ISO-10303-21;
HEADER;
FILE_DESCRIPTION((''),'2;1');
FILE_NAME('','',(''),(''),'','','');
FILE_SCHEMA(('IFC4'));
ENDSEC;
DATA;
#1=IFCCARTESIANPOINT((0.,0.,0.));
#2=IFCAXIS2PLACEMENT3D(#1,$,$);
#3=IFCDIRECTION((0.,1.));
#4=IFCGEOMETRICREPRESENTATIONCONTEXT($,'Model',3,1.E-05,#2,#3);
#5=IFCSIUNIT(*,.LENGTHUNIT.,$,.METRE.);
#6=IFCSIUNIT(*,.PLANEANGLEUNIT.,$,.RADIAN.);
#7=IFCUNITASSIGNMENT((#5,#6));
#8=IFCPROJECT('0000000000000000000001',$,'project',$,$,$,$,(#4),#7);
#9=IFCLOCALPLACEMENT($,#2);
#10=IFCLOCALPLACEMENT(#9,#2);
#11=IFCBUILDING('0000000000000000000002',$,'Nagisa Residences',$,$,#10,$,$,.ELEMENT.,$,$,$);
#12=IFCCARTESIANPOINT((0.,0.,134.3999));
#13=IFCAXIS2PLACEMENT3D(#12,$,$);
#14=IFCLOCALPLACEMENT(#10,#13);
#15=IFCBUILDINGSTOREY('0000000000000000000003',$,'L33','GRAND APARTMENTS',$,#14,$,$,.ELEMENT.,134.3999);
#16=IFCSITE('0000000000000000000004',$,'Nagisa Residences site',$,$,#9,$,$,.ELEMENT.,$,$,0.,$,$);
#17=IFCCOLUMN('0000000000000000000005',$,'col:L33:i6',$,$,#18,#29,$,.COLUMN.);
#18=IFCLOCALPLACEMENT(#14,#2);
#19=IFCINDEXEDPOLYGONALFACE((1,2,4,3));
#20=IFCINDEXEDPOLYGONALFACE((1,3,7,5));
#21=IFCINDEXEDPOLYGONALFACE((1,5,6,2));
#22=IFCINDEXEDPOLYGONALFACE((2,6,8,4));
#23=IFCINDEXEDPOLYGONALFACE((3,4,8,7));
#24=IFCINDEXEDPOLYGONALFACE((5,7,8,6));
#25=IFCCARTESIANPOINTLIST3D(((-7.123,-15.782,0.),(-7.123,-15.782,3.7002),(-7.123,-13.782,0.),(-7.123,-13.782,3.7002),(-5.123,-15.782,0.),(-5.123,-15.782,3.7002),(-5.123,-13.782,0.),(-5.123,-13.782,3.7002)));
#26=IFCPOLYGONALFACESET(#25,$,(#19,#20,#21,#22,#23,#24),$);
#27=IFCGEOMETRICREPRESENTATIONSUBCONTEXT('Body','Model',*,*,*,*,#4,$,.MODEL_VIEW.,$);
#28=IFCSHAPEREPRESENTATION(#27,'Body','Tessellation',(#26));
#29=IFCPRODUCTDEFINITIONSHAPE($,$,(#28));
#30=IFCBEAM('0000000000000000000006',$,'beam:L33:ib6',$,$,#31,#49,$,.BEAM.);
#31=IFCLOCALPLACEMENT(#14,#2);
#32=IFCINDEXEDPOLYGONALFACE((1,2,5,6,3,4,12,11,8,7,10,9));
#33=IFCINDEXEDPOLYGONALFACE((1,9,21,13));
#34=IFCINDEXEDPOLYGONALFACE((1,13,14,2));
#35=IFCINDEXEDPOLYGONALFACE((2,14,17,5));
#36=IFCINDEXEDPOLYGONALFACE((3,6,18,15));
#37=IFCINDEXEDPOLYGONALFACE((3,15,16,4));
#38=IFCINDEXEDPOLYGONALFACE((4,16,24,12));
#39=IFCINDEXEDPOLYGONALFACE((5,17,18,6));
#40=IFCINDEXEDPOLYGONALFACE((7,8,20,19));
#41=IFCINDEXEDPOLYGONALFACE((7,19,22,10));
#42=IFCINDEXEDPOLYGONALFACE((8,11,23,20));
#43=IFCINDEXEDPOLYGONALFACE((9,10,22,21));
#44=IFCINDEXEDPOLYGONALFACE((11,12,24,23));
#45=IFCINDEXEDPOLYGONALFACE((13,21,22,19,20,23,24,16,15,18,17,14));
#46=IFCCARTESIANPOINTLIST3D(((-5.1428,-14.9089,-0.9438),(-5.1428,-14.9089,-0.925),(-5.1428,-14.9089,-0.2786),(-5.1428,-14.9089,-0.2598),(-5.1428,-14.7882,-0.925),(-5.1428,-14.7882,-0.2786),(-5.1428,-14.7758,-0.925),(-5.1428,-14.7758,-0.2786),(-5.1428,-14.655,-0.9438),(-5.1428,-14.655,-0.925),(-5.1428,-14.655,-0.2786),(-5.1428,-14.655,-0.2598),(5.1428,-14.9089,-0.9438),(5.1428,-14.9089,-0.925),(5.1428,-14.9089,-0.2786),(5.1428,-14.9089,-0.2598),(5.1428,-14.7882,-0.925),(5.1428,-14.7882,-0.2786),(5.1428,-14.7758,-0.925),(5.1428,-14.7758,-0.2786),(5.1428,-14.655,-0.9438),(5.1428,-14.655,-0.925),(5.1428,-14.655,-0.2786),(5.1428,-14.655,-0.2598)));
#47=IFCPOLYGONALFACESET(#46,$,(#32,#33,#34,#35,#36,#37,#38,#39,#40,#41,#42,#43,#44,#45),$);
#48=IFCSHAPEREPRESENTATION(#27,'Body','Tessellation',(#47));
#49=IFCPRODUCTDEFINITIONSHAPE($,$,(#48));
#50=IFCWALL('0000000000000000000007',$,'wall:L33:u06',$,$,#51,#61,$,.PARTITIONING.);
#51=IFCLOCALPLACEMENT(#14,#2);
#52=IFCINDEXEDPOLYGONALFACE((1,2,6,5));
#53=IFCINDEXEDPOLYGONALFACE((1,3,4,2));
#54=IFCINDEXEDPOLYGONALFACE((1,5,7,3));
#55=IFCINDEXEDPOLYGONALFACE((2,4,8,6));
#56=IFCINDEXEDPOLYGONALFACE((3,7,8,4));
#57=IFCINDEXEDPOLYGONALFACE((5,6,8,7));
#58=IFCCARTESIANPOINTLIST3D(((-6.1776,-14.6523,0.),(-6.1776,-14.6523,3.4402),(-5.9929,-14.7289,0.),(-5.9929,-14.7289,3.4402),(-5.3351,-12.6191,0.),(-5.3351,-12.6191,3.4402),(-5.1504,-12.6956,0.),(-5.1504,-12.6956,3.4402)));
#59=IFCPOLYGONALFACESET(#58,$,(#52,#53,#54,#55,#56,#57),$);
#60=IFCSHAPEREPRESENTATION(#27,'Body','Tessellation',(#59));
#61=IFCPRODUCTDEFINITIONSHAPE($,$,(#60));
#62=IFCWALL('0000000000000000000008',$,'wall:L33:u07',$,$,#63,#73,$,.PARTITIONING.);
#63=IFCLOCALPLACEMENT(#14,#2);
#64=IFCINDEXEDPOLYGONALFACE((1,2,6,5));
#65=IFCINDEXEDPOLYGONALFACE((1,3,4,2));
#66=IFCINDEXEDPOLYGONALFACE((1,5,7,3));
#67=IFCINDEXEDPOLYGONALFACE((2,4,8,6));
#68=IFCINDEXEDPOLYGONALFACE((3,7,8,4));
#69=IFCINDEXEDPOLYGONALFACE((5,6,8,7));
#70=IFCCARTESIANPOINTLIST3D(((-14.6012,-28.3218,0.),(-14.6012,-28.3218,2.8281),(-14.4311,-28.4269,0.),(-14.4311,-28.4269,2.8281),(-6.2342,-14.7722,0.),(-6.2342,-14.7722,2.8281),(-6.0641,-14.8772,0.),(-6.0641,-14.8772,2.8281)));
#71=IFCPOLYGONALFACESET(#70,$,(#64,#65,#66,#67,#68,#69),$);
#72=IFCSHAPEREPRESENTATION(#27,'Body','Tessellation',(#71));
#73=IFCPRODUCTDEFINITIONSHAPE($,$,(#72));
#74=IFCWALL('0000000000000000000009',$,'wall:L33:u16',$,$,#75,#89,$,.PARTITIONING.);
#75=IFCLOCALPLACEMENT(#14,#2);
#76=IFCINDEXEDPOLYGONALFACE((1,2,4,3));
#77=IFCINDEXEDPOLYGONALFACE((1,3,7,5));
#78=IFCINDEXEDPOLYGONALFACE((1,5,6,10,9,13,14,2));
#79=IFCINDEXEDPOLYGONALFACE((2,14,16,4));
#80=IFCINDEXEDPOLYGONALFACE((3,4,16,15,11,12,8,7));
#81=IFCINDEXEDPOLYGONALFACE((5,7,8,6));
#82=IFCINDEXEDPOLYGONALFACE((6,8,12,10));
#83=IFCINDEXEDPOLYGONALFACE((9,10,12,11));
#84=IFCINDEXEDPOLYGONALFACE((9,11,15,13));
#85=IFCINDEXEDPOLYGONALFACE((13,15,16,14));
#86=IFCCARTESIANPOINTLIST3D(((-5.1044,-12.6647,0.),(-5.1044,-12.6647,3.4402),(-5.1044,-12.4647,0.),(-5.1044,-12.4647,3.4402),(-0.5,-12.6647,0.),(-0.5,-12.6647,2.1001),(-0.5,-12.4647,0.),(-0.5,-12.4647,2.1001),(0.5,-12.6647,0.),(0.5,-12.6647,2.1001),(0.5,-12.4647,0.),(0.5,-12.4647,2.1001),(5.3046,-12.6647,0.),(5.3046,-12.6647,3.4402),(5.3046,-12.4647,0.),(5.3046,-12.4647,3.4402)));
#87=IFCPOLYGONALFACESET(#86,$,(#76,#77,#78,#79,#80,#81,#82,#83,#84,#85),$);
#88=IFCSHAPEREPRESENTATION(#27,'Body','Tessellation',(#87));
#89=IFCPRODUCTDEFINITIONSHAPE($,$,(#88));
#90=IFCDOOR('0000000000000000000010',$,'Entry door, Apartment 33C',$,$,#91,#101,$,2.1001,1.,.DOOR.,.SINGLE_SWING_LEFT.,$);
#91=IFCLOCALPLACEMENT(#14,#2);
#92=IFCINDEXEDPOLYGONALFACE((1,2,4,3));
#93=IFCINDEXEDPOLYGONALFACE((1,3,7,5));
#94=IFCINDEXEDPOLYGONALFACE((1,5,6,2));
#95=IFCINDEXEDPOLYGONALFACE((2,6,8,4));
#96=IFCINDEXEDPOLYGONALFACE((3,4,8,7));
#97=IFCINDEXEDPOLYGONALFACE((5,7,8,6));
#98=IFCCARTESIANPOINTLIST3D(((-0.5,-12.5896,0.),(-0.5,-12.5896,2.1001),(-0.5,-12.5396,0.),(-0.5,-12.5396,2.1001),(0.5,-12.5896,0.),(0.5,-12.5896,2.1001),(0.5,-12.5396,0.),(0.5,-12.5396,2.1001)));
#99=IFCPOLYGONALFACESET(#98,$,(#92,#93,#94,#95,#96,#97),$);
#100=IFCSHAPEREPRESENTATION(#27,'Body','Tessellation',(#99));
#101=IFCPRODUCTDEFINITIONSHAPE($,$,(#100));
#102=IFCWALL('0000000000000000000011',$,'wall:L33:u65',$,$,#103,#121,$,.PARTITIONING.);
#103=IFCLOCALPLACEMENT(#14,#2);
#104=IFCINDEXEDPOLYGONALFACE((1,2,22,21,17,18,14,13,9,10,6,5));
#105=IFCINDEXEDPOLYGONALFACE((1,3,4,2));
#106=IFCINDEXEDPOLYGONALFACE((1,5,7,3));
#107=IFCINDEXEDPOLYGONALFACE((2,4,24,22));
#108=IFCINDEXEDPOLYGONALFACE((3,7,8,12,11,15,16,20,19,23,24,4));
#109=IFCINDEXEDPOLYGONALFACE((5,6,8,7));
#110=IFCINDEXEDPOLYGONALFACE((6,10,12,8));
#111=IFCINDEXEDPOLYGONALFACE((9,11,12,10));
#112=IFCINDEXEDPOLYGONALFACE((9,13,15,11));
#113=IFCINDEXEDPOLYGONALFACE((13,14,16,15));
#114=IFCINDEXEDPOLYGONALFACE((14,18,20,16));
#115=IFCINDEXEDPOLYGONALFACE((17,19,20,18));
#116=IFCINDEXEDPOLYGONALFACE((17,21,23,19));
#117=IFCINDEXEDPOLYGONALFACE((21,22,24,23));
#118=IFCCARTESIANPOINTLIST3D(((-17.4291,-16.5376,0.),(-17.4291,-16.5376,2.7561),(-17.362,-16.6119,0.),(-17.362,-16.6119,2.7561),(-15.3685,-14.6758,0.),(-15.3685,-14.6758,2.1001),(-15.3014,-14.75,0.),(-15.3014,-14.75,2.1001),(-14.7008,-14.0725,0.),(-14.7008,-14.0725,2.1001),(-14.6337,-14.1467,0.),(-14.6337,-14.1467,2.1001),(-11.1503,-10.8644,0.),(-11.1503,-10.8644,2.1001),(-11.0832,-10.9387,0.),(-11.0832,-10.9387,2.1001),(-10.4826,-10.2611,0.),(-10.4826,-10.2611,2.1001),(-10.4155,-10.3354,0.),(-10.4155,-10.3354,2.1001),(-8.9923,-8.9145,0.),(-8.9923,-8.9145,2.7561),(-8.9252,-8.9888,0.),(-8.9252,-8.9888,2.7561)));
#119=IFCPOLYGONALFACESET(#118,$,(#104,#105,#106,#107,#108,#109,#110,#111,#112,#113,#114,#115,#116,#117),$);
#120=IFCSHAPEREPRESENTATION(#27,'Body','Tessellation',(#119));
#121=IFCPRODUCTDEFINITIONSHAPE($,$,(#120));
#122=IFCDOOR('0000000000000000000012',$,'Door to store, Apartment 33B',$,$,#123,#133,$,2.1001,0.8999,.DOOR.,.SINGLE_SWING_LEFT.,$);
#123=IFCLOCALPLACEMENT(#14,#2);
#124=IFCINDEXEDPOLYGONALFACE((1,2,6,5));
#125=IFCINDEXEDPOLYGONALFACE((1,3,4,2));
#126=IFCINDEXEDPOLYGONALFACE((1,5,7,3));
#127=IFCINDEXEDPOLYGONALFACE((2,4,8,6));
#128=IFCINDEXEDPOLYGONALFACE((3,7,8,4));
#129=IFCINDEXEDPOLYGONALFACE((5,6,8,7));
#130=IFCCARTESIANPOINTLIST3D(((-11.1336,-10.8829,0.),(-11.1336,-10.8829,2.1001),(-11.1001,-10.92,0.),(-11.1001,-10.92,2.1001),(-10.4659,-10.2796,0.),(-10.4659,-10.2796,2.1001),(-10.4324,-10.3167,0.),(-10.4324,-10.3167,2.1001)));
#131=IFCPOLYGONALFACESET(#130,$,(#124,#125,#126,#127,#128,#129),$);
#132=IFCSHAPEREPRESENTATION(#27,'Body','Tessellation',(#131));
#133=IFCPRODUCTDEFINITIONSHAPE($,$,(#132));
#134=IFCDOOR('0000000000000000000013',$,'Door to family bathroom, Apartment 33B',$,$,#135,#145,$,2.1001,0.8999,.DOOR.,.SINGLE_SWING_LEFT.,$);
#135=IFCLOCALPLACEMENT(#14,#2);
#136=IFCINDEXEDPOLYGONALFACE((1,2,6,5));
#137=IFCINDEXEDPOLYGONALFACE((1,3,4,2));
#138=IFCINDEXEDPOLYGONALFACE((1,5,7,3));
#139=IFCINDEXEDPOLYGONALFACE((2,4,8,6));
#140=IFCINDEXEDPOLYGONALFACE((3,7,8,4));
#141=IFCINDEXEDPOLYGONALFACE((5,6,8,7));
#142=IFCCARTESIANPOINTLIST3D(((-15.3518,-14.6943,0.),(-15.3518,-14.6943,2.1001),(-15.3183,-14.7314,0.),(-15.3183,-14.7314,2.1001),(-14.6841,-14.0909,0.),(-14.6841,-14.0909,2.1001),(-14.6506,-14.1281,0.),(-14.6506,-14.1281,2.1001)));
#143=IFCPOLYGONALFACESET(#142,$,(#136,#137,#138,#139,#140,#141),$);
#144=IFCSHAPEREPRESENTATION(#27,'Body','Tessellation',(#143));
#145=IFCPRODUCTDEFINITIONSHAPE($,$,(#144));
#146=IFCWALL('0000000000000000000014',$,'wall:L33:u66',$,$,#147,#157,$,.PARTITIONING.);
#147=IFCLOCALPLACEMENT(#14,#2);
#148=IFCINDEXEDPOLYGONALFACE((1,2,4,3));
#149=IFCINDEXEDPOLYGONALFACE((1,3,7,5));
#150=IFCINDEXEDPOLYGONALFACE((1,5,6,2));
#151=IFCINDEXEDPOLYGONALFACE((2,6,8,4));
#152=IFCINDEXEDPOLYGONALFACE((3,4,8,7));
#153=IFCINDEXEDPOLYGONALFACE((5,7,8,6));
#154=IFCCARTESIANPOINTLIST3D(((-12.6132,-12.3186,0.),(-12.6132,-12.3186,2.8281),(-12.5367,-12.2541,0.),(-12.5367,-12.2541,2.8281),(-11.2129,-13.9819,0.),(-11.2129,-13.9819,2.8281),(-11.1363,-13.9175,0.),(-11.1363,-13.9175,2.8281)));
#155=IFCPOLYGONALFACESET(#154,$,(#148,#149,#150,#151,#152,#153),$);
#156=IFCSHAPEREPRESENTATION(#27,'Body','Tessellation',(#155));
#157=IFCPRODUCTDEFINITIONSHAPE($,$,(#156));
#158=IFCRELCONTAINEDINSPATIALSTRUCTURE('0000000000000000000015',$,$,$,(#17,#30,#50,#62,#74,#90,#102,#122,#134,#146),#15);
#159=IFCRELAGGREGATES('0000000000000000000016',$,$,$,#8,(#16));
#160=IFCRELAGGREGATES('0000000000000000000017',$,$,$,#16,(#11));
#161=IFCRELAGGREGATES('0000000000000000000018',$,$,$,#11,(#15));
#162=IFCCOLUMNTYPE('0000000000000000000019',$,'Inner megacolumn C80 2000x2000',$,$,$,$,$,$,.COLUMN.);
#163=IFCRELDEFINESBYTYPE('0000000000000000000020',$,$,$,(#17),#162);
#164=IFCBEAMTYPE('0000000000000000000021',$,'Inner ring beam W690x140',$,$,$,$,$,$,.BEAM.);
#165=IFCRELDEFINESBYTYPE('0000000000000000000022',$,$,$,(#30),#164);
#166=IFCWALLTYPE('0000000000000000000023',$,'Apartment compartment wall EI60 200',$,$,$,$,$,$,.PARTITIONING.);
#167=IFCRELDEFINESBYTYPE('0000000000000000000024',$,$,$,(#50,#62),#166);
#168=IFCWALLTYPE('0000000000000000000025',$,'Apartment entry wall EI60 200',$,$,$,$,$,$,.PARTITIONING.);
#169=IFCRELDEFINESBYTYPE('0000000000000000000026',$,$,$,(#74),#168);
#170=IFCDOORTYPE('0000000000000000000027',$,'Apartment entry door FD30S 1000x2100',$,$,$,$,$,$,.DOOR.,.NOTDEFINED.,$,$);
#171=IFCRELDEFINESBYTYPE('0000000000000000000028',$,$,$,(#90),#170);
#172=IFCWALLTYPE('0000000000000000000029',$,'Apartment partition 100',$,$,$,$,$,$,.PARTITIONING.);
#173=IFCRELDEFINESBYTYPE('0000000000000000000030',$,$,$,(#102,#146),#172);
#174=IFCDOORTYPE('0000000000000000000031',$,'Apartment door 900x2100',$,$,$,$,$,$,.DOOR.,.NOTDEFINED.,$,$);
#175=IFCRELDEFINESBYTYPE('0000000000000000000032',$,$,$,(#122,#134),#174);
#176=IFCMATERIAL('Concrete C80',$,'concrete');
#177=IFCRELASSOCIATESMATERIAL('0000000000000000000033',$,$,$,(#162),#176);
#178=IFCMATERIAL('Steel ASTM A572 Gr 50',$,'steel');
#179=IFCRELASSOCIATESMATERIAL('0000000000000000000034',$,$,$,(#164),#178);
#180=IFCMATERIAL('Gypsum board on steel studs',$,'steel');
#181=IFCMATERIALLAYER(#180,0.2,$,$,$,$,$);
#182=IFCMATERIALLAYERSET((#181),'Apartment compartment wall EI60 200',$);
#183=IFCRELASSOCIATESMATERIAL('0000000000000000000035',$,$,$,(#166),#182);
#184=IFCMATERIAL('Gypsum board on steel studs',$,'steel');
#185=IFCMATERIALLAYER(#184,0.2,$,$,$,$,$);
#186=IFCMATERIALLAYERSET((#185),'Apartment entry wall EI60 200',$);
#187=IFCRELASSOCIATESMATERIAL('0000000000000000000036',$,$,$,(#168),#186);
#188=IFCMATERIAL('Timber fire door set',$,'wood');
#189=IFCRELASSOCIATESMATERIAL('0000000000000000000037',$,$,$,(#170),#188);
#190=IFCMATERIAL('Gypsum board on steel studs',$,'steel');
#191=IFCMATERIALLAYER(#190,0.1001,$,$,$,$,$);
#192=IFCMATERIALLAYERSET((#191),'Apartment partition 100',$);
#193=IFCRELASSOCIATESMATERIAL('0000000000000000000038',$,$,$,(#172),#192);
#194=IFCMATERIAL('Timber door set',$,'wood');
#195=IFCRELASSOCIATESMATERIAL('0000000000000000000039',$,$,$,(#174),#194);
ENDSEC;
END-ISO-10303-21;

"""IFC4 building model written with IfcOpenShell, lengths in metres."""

from ifc_helpers import new_model, si_unit, direction, frame, frame_2d, origin, origin_2d, place, context, subcontext, project, spatial, rectangle, i_section, extrude, material, layer, layer_set, material_profile, profile_set, type_object, element, fill, save


model = new_model("IFC4")

# Units and contexts
model_context = context("Model", 3, precision=1e-05, world=origin(), true_north=direction((0.0, 1.0)))
body_context = subcontext(model_context, "Body", "Model", "MODEL_VIEW")
ifc_project = project(units=[si_unit("LENGTHUNIT", "METRE"), si_unit("PLANEANGLEUNIT", "RADIAN")], contexts=[model_context])

# Site, building, storey
site_placement = place(None, origin())
site = spatial("IfcSite", under=ifc_project, at=site_placement, Name="Nagisa Residences site", CompositionType="ELEMENT", RefElevation=0.0)
building_placement = place(site_placement, origin())
building = spatial("IfcBuilding", under=site, at=building_placement, Name="Nagisa Residences", CompositionType="ELEMENT")
storey_placement = place(building_placement, frame((0.0, 0.0, 134.3999)))
storey = spatial("IfcBuildingStorey", under=building, at=storey_placement, Name="L33", Description="GRAND APARTMENTS", CompositionType="ELEMENT", Elevation=134.3999)

# Column
ifc_material_1 = material(Name="Concrete C80", Category="concrete")
ifc_material_profile_1 = material_profile(ifc_material_1, rectangle(XDim=2.0, YDim=2.0, at=origin_2d()), Name="C80 2000x2000")
ifc_profile_set_1 = profile_set([ifc_material_profile_1], Name="Concrete C80")
column_type = type_object("IfcColumnType", Name="Inner megacolumn C80 2000x2000", PredefinedType="COLUMN", material=ifc_profile_set_1)
column_placement = place(storey_placement, frame((-6.123, -14.782, 0.0), z_axis=(0.0, 0.0, 1.0), x_axis=(1.0, 0.0, 0.0)))
element("IfcColumn", 1, at=column_placement, inside=storey, type_object=column_type, Name="col:L33:i6", PredefinedType="COLUMN", context=body_context, shape_type="SweptSolid", body=[
    extrude(rectangle(XDim=2.0, YDim=2.0, at=origin_2d()), origin(), (0.0, 0.0, 1.0), 3.7002),
])

# Beam
ifc_material_2 = material(Name="Steel ASTM A572 Gr 50", Category="steel")
ifc_material_profile_2 = material_profile(ifc_material_2, i_section(OverallWidth=0.2539, OverallDepth=0.6841, WebThickness=0.0125, FlangeThickness=0.0188, at=origin_2d()), Name="W690x140")
ifc_profile_set_2 = profile_set([ifc_material_profile_2], Name="Steel ASTM A572 Gr 50")
beam_type = type_object("IfcBeamType", Name="Inner ring beam W690x140", PredefinedType="BEAM", material=ifc_profile_set_2)
beam_placement = place(storey_placement, frame((-5.1428, -14.782, -0.6018), z_axis=(1.0, 0.0, 0.0), x_axis=(0.0, 1.0, 0.0)))
element("IfcBeam", 2, at=beam_placement, inside=storey, type_object=beam_type, Name="beam:L33:ib6", PredefinedType="BEAM", context=body_context, shape_type="SweptSolid", body=[
    extrude(i_section(OverallWidth=0.2539, OverallDepth=0.6841, WebThickness=0.0125, FlangeThickness=0.0188, at=origin_2d()), origin(), (0.0, 0.0, 1.0), 10.2856),
])

# Walls
ifc_material_3 = material(Name="Gypsum board on steel studs", Category="steel")
ifc_layer_1 = layer(ifc_material_3, 0.2)
ifc_layer_set_1 = layer_set([ifc_layer_1], Name="Apartment compartment wall EI60 200")
wall_type_1 = type_object("IfcWallType", Name="Apartment compartment wall EI60 200", PredefinedType="PARTITIONING", material=ifc_layer_set_1)
wall_1_placement = place(storey_placement, frame((-5.2427, -12.6572, 0.0), z_axis=(0.0, 0.0, 1.0), x_axis=(-0.382819, -0.923823, 0.0)))
element("IfcWall", 3, at=wall_1_placement, inside=storey, type_object=wall_type_1, Name="wall:L33:u06", PredefinedType="PARTITIONING", context=body_context, shape_type="SweptSolid", body=[
    extrude(rectangle(XDim=2.2009, YDim=0.2, at=frame_2d((1.1006, 0.0))), origin(), (0.0, 0.0, 1.0), 3.4402),
])
wall_2_placement = place(storey_placement, frame((-6.1492, -14.8247, 0.0), z_axis=(0.0, 0.0, 1.0), x_axis=(-0.525406, -0.850851, 0.0)))
element("IfcWall", 4, at=wall_2_placement, inside=storey, type_object=wall_type_1, Name="wall:L33:u07", PredefinedType="PARTITIONING", context=body_context, shape_type="SweptSolid", body=[
    extrude(rectangle(XDim=15.9248, YDim=0.2, at=frame_2d((7.9624, 0.0))), origin(), (0.0, 0.0, 1.0), 2.8281),
])

# Wall, opening, door
ifc_material_4 = material(Name="Gypsum board on steel studs", Category="steel")
ifc_layer_2 = layer(ifc_material_4, 0.2)
ifc_layer_set_2 = layer_set([ifc_layer_2], Name="Apartment entry wall EI60 200")
wall_type_2 = type_object("IfcWallType", Name="Apartment entry wall EI60 200", PredefinedType="PARTITIONING", material=ifc_layer_set_2)
wall_3_placement = place(storey_placement, frame((-5.1045, -12.5647, 0.0), z_axis=(0.0, 0.0, 1.0), x_axis=(1.0, 0.0, 0.0)))
wall_3 = element("IfcWall", 5, at=wall_3_placement, inside=storey, type_object=wall_type_2, Name="wall:L33:u16", PredefinedType="PARTITIONING", context=body_context, shape_type="SweptSolid", body=[
    extrude(rectangle(XDim=10.4089, YDim=0.2, at=frame_2d((5.2046, 0.0))), origin(), (0.0, 0.0, 1.0), 3.4402),
])
opening_1_placement = place(wall_3_placement, frame((4.6045, 0.0, 0.0)))
opening_1 = element("IfcOpeningElement", 6, at=opening_1_placement, cuts=wall_3, PredefinedType="OPENING", context=body_context, shape_type="SweptSolid", body=[
    extrude(rectangle(XDim=1.0, YDim=2.1001, at=frame_2d((0.5, 1.05))), frame((0.0, 0.1099, 0.0), z_axis=(0.0, -1.0, 0.0), x_axis=(1.0, 0.0, 0.0)), (0.0, 0.0, 1.0), 0.22),
])
ifc_material_5 = material(Name="Timber fire door set", Category="wood")
door_type_1 = type_object("IfcDoorType", Name="Apartment entry door FD30S 1000x2100", OperationType="NOTDEFINED", PredefinedType="DOOR", material=ifc_material_5)
door_1_placement = place(opening_1_placement, frame((1.0, 0.0, 0.0), x_axis=(-1.0, 0.0, 0.0)))
door_1 = element("IfcDoor", 7, at=door_1_placement, inside=storey, type_object=door_type_1, Name="Entry door, Apartment 33C", OperationType="SINGLE_SWING_LEFT", OverallHeight=2.1001, OverallWidth=1.0, PredefinedType="DOOR", context=body_context, shape_type="SweptSolid", body=[
    extrude(rectangle(XDim=1.0, YDim=2.1001, at=frame_2d((0.5, 1.05))), frame((0.0, 0.0249, 0.0), z_axis=(0.0, -1.0, 0.0), x_axis=(1.0, 0.0, 0.0)), (0.0, 0.0, 1.0), 0.05),
])
fill(opening_1, door_1)

# Wall, openings, doors
ifc_material_6 = material(Name="Gypsum board on steel studs", Category="steel")
ifc_layer_3 = layer(ifc_material_6, 0.1001)
ifc_layer_set_3 = layer_set([ifc_layer_3], Name="Apartment partition 100")
wall_type_3 = type_object("IfcWallType", Name="Apartment partition 100", PredefinedType="PARTITIONING", material=ifc_layer_set_3)
wall_4_placement = place(storey_placement, frame((-8.9587, -8.9517, 0.0), z_axis=(0.0, 0.0, 1.0), x_axis=(-0.741983, -0.670419, 0.0)))
wall_4 = element("IfcWall", 8, at=wall_4_placement, inside=storey, type_object=wall_type_3, Name="wall:L33:u65", PredefinedType="PARTITIONING", context=body_context, shape_type="SweptSolid", body=[
    extrude(rectangle(XDim=11.3706, YDim=0.1001, at=frame_2d((5.6853, 0.0))), origin(), (0.0, 0.0, 1.0), 2.7561),
])
opening_2_placement = place(wall_4_placement, frame((2.0085, 0.0, 0.0)))
opening_2 = element("IfcOpeningElement", 9, at=opening_2_placement, cuts=wall_4, PredefinedType="OPENING", context=body_context, shape_type="SweptSolid", body=[
    extrude(rectangle(XDim=0.8999, YDim=2.1001, at=frame_2d((0.45, 1.05))), frame((0.0, 0.0601, 0.0), z_axis=(0.0, -1.0, 0.0), x_axis=(1.0, 0.0, 0.0)), (0.0, 0.0, 1.0), 0.1201),
])
opening_3_placement = place(wall_4_placement, frame((7.6936, 0.0, 0.0)))
opening_3 = element("IfcOpeningElement", 10, at=opening_3_placement, cuts=wall_4, PredefinedType="OPENING", context=body_context, shape_type="SweptSolid", body=[
    extrude(rectangle(XDim=0.8999, YDim=2.1001, at=frame_2d((0.45, 1.05))), frame((0.0, 0.0601, 0.0), z_axis=(0.0, -1.0, 0.0), x_axis=(1.0, 0.0, 0.0)), (0.0, 0.0, 1.0), 0.1201),
])
ifc_material_7 = material(Name="Timber door set", Category="wood")
door_type_2 = type_object("IfcDoorType", Name="Apartment door 900x2100", OperationType="NOTDEFINED", PredefinedType="DOOR", material=ifc_material_7)
door_2_placement = place(opening_2_placement, origin())
door_2 = element("IfcDoor", 11, at=door_2_placement, inside=storey, type_object=door_type_2, Name="Door to store, Apartment 33B", OperationType="SINGLE_SWING_LEFT", OverallHeight=2.1001, OverallWidth=0.8999, PredefinedType="DOOR", context=body_context, shape_type="SweptSolid", body=[
    extrude(rectangle(XDim=0.8999, YDim=2.1001, at=frame_2d((0.45, 1.05))), frame((0.0, 0.0249, 0.0), z_axis=(0.0, -1.0, 0.0), x_axis=(1.0, 0.0, 0.0)), (0.0, 0.0, 1.0), 0.05),
])
fill(opening_2, door_2)
door_3_placement = place(opening_3_placement, origin())
door_3 = element("IfcDoor", 12, at=door_3_placement, inside=storey, type_object=door_type_2, Name="Door to family bathroom, Apartment 33B", OperationType="SINGLE_SWING_LEFT", OverallHeight=2.1001, OverallWidth=0.8999, PredefinedType="DOOR", context=body_context, shape_type="SweptSolid", body=[
    extrude(rectangle(XDim=0.8999, YDim=2.1001, at=frame_2d((0.45, 1.05))), frame((0.0, 0.0249, 0.0), z_axis=(0.0, -1.0, 0.0), x_axis=(1.0, 0.0, 0.0)), (0.0, 0.0, 1.0), 0.05),
])
fill(opening_3, door_3)

# Wall
wall_5_placement = place(storey_placement, frame((-12.575, -12.2864, 0.0), z_axis=(0.0, 0.0, 1.0), x_axis=(0.644053, -0.764981, 0.0)))
element("IfcWall", 13, at=wall_5_placement, inside=storey, type_object=wall_type_3, Name="wall:L33:u66", PredefinedType="PARTITIONING", context=body_context, shape_type="SweptSolid", body=[
    extrude(rectangle(XDim=2.1743, YDim=0.1001, at=frame_2d((1.0872, 0.0))), origin(), (0.0, 0.0, 1.0), 2.8281),
])

save(model, "model.ifc")
